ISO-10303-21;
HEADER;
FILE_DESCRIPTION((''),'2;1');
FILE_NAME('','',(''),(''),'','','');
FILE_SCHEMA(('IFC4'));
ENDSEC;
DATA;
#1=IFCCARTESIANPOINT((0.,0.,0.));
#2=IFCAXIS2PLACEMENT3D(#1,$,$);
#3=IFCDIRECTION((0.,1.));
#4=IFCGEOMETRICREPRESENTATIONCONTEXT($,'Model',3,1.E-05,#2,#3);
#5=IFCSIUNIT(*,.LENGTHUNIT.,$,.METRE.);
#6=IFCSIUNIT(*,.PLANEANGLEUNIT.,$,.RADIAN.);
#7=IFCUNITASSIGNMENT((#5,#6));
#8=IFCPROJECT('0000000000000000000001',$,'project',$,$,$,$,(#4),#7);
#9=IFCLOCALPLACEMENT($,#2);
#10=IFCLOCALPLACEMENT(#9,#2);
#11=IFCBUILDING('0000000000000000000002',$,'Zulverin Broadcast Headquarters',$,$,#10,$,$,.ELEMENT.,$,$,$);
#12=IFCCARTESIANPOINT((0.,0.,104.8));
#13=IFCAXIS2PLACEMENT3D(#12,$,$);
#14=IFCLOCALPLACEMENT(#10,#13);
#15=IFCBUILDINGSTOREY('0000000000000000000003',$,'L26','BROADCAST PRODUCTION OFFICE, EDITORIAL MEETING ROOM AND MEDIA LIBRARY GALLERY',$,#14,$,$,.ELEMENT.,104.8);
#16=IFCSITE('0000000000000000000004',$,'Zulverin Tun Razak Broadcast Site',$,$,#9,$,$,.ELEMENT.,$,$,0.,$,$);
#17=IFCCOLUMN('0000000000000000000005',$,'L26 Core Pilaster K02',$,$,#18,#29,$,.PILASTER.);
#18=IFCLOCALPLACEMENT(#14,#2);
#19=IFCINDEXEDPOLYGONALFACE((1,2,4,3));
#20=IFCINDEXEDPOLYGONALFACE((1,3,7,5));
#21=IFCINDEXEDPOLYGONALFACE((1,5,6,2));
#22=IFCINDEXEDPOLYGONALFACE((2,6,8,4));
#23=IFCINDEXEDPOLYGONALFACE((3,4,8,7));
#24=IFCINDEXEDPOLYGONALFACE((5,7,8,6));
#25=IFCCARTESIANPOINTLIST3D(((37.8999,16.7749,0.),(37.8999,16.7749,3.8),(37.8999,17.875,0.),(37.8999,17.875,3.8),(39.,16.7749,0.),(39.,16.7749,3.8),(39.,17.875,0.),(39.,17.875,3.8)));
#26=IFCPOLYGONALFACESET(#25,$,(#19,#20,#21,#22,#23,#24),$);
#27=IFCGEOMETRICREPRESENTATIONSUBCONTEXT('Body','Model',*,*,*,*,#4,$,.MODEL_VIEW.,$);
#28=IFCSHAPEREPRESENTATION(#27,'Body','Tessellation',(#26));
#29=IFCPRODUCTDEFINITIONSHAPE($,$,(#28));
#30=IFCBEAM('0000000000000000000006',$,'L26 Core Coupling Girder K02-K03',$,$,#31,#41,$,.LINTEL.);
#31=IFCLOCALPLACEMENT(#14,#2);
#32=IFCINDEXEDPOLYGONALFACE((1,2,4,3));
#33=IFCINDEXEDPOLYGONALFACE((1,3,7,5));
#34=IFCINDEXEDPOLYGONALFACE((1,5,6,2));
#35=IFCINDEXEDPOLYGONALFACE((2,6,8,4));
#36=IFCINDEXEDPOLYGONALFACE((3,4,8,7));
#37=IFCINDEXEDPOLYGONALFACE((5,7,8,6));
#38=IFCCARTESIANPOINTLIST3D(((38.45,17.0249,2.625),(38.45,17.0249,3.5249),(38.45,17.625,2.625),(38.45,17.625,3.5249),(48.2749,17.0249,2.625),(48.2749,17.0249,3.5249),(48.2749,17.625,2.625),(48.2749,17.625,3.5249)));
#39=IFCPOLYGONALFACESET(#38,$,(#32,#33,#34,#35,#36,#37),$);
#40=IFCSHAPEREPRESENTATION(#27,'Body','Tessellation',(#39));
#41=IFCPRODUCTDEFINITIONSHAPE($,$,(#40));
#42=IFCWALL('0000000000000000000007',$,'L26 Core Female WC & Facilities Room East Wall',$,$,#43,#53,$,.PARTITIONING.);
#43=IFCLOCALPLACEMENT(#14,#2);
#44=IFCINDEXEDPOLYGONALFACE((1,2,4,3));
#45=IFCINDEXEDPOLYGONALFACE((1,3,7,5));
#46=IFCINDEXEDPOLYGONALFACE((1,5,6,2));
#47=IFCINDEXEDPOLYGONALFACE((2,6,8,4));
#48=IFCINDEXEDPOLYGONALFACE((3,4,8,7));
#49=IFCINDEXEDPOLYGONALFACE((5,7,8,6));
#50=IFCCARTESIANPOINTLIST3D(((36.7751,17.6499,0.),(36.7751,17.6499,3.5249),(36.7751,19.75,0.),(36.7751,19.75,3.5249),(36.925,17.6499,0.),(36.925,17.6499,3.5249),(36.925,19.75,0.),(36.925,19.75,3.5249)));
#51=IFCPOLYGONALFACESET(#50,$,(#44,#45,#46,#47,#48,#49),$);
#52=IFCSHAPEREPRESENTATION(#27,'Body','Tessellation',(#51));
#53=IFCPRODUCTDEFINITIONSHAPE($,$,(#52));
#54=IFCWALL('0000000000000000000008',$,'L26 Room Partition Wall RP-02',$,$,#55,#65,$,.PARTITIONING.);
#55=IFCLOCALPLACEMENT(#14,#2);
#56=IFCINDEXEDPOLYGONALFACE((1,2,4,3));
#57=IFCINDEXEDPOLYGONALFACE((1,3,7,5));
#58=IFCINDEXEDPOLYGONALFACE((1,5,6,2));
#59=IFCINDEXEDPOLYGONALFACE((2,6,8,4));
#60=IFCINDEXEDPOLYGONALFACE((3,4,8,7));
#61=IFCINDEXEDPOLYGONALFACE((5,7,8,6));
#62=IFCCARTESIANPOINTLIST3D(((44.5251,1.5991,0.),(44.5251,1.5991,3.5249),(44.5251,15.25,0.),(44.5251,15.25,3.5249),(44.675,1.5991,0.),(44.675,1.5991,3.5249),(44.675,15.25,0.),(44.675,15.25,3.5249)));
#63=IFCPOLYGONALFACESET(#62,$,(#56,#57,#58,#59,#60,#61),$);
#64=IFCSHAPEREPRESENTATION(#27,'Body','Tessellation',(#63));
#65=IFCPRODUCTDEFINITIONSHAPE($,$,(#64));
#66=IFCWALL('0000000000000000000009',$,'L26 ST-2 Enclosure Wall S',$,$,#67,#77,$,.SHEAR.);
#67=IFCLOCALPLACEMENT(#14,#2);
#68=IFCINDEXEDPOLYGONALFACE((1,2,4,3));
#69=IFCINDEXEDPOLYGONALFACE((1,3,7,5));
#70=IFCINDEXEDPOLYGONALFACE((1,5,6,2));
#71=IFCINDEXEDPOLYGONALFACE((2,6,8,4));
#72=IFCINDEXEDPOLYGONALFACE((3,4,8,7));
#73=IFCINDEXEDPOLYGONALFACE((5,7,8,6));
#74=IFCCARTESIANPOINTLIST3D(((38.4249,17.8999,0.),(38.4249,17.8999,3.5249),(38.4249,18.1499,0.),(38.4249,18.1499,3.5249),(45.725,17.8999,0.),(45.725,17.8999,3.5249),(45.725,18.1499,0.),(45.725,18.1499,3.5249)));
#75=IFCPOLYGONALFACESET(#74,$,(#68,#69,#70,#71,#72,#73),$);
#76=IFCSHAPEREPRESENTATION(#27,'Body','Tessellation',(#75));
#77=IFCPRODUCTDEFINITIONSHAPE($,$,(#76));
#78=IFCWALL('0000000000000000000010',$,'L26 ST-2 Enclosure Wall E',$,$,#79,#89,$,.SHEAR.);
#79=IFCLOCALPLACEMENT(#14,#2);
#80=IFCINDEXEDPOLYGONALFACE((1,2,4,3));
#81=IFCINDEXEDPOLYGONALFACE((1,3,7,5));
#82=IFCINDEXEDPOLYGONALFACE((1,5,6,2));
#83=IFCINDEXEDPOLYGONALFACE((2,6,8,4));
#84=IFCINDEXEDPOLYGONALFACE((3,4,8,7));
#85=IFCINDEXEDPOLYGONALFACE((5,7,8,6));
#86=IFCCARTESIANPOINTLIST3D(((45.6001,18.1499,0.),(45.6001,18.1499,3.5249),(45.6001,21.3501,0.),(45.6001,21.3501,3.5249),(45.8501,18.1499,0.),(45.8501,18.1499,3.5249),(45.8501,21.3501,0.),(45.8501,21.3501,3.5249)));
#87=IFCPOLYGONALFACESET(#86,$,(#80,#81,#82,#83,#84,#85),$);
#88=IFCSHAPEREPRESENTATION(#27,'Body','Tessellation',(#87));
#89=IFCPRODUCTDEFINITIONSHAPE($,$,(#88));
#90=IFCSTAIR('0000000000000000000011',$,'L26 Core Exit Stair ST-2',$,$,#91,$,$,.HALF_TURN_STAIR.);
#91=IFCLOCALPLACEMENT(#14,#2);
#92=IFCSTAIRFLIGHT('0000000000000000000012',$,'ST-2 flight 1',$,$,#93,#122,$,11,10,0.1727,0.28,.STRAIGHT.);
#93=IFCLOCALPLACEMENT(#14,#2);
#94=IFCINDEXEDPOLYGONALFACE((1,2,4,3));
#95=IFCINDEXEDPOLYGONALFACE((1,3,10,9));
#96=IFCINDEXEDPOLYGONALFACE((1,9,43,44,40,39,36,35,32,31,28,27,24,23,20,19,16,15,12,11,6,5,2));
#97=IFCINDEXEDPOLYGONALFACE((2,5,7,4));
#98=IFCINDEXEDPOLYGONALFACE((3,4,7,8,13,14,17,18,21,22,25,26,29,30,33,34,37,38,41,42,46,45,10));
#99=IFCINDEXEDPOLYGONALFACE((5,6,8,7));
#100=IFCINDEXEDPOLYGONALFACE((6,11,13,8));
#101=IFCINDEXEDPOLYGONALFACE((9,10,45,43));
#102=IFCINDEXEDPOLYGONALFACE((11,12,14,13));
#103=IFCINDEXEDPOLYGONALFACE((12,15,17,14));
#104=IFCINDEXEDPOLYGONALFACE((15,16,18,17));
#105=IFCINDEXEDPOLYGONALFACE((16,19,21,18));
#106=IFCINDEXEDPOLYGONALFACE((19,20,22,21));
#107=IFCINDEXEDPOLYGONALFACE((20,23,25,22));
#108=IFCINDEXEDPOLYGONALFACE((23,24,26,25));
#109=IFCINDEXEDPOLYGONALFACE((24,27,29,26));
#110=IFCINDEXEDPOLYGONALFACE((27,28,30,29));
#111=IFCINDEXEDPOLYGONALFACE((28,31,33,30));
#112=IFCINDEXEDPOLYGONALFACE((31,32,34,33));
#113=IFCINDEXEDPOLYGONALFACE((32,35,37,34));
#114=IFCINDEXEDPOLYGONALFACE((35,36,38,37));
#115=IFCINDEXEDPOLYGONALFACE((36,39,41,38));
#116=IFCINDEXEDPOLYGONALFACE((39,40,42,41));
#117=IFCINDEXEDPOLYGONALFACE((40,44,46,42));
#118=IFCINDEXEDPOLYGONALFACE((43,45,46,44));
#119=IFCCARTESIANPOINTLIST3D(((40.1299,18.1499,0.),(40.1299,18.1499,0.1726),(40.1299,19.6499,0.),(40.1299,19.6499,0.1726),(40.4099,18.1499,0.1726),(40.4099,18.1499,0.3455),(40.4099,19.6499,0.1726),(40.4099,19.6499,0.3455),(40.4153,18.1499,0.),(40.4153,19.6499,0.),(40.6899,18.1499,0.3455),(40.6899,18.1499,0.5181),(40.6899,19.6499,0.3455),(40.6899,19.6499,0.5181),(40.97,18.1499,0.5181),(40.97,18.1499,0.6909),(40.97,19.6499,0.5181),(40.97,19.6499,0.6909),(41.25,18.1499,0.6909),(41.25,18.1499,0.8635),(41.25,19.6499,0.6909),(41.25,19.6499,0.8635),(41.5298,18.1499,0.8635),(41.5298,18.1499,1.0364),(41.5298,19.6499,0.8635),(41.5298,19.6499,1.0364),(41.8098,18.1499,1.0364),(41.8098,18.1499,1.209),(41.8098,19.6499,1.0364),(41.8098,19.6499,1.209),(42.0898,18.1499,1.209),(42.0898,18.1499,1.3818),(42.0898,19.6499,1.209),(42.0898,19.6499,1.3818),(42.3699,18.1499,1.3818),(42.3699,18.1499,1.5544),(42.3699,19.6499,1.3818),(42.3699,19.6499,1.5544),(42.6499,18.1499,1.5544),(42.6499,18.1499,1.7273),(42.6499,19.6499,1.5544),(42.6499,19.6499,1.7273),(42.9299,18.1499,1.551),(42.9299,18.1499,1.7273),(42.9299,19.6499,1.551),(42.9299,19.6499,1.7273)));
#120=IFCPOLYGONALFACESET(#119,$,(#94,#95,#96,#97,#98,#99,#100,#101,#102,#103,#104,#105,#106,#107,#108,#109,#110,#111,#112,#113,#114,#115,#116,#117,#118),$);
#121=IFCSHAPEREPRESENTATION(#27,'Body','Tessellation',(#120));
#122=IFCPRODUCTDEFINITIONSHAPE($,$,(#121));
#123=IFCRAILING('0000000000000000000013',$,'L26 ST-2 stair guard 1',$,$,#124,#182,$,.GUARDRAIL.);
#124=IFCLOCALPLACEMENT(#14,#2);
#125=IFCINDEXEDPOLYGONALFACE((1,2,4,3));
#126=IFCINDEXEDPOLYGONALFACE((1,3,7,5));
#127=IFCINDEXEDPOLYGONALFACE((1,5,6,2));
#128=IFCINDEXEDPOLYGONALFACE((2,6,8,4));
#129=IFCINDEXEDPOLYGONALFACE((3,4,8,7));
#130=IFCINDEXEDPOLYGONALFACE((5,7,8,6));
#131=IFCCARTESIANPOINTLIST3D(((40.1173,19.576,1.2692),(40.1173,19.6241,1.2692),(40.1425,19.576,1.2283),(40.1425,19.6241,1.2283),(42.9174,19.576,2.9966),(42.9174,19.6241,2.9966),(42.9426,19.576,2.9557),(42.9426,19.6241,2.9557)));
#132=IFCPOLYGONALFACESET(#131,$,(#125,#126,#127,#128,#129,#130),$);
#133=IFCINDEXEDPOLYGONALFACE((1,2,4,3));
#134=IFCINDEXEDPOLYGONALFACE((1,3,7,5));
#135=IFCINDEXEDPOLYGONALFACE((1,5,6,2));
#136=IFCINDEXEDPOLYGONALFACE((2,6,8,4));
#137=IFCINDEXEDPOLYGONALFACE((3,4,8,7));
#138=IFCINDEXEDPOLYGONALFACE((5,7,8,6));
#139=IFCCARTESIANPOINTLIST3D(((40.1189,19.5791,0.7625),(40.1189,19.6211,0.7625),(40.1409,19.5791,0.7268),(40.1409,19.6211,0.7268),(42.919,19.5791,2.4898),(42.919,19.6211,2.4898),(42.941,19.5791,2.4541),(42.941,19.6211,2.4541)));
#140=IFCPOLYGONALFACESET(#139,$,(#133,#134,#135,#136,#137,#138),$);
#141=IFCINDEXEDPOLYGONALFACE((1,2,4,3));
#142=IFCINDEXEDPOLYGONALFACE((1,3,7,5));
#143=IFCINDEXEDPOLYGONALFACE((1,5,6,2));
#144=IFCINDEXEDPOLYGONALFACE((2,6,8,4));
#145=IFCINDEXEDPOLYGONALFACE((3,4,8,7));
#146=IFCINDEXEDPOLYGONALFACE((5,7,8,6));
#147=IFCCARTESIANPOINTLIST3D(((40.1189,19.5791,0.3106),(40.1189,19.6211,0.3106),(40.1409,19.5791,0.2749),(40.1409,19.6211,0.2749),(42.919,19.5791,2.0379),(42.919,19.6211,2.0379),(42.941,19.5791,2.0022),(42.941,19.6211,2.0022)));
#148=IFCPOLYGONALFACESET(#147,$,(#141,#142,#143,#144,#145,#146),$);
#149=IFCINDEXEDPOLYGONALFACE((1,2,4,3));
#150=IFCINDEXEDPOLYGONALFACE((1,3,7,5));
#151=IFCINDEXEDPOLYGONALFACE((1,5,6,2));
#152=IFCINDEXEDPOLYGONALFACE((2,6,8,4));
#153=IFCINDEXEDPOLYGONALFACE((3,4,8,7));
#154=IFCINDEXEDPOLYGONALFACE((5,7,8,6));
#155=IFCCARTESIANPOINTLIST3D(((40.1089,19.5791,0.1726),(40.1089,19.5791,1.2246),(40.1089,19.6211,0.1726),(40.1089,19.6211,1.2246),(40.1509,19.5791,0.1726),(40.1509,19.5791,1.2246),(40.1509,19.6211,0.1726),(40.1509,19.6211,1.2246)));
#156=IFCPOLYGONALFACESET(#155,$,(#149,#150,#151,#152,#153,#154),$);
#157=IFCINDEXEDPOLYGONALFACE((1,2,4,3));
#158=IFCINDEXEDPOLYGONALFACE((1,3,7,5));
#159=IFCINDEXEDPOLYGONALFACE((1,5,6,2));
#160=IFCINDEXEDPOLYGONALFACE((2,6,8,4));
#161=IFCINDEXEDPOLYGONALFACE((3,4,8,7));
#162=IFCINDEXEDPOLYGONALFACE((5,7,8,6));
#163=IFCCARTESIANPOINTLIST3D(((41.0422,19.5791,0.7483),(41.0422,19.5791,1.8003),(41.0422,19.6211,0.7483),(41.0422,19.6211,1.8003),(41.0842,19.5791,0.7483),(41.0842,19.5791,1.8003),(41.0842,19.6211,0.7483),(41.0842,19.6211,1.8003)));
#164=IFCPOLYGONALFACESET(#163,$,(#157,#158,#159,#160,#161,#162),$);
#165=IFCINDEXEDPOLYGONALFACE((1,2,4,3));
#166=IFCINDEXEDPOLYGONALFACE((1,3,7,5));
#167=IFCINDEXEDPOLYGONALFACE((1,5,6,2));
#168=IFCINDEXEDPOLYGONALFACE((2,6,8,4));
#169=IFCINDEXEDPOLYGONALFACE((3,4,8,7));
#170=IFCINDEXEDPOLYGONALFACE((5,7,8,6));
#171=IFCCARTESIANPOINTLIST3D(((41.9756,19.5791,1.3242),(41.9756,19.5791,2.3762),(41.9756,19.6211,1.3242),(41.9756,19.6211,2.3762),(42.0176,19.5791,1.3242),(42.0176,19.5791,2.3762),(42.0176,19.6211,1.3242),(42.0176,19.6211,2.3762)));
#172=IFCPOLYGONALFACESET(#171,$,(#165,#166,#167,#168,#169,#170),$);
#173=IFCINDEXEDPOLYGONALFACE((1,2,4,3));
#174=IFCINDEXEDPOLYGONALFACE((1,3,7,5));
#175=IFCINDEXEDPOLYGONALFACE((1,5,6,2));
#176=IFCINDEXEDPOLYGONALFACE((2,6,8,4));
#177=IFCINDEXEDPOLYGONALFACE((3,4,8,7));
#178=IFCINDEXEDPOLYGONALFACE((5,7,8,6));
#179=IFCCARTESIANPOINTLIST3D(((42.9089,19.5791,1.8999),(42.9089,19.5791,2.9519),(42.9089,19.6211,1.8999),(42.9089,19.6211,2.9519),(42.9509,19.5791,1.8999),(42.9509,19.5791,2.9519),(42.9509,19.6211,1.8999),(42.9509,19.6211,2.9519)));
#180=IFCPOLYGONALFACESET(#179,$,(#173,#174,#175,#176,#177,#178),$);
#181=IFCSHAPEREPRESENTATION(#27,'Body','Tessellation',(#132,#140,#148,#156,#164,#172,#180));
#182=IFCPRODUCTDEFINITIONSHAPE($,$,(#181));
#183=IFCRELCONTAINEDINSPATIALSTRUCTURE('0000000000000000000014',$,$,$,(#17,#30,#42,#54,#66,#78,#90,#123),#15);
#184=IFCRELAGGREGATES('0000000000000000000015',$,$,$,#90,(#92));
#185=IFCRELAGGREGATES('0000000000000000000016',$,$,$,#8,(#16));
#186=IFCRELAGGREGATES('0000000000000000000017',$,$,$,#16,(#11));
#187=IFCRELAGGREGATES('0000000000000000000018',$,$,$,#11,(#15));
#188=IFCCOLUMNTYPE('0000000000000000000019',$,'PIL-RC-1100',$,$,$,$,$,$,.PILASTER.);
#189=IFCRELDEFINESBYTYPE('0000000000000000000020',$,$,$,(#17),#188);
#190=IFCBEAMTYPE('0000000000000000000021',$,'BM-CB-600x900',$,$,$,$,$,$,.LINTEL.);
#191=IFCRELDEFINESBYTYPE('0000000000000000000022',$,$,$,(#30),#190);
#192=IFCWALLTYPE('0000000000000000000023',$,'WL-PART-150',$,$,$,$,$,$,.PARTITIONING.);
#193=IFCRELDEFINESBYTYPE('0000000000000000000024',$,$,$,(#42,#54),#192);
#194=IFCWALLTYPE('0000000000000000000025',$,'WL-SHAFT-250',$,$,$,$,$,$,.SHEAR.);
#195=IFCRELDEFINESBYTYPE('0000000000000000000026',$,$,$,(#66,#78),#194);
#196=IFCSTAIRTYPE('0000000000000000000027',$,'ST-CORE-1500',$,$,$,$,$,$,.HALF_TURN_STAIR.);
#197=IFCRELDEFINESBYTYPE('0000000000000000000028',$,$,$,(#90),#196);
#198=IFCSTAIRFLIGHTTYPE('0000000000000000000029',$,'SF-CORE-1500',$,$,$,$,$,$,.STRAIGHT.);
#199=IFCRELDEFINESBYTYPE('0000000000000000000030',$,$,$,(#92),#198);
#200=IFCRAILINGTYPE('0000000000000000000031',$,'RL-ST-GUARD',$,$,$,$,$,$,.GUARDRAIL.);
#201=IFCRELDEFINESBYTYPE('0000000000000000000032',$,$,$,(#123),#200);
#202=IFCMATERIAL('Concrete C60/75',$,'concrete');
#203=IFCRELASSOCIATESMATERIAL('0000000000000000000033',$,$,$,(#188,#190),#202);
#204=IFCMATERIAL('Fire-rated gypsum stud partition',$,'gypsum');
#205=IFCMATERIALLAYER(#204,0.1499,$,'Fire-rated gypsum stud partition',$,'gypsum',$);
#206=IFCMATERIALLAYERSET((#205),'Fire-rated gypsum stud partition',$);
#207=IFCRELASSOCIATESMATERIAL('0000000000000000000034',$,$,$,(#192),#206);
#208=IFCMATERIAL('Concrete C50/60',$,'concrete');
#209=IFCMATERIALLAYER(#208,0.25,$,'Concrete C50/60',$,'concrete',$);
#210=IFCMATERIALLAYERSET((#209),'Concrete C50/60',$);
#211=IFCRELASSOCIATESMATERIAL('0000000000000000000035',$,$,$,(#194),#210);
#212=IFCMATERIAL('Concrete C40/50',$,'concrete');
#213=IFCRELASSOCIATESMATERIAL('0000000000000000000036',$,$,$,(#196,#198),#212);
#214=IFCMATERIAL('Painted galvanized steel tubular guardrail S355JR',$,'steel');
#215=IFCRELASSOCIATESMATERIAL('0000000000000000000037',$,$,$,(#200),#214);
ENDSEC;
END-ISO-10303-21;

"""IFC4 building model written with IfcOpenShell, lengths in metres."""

from ifc_helpers import new_model, si_unit, direction, frame, frame_2d, origin, origin_2d, place, context, subcontext, project, spatial, polyline, rectangle, outline, extrude, material, layer, layer_set, material_profile, profile_set, type_object, element, aggregate, save


model = new_model("IFC4")

# Units and contexts
model_context = context("Model", 3, precision=1e-05, world=origin(), true_north=direction((0.0, 1.0)))
body_context = subcontext(model_context, "Body", "Model", "MODEL_VIEW")
ifc_project = project(units=[si_unit("LENGTHUNIT", "METRE"), si_unit("PLANEANGLEUNIT", "RADIAN")], contexts=[model_context])

# Site, building, storey
site_placement = place(None, origin())
site = spatial("IfcSite", under=ifc_project, at=site_placement, Name="Zulverin Tun Razak Broadcast Site", CompositionType="ELEMENT", RefElevation=0.0)
building_placement = place(site_placement, origin())
building = spatial("IfcBuilding", under=site, at=building_placement, Name="Zulverin Broadcast Headquarters", CompositionType="ELEMENT")
storey_placement = place(building_placement, frame((0.0, 0.0, 104.8)))
storey = spatial("IfcBuildingStorey", under=building, at=storey_placement, Name="L26", Description="BROADCAST PRODUCTION OFFICE, EDITORIAL MEETING ROOM AND MEDIA LIBRARY GALLERY", CompositionType="ELEMENT", Elevation=104.8)

# Column
ifc_material_1 = material(Name="Concrete C60/75", Category="concrete")
ifc_material_profile_1 = material_profile(ifc_material_1, rectangle(XDim=1.1001, YDim=1.1001, at=origin_2d()), Name="Concrete C60/75", Category="concrete")
ifc_profile_set_1 = profile_set([ifc_material_profile_1], Name="Concrete C60/75")
column_type = type_object("IfcColumnType", Name="PIL-RC-1100", PredefinedType="PILASTER", material=ifc_profile_set_1)
column_placement = place(storey_placement, frame((38.45, 17.325, 0.0), z_axis=(0.0, 0.0, 1.0), x_axis=(1.0, 0.0, 0.0)))
element("IfcColumn", 1, at=column_placement, inside=storey, type_object=column_type, Name="L26 Core Pilaster K02", PredefinedType="PILASTER", context=body_context, shape_type="SweptSolid", body=[
    extrude(rectangle(XDim=1.1001, YDim=1.1001, at=origin_2d()), origin(), (0.0, 0.0, 1.0), 3.8),
])

# Beam
ifc_material_profile_2 = material_profile(ifc_material_1, rectangle(XDim=0.6001, YDim=0.8999, at=origin_2d()), Name="Concrete C60/75", Category="concrete")
ifc_profile_set_2 = profile_set([ifc_material_profile_2], Name="Concrete C60/75")
beam_type = type_object("IfcBeamType", Name="BM-CB-600x900", PredefinedType="LINTEL", material=ifc_profile_set_2)
beam_placement = place(storey_placement, frame((38.45, 17.325, 3.075), z_axis=(1.0, 0.0, 0.0), x_axis=(0.0, 1.0, 0.0)))
element("IfcBeam", 2, at=beam_placement, inside=storey, type_object=beam_type, Name="L26 Core Coupling Girder K02-K03", PredefinedType="LINTEL", context=body_context, shape_type="SweptSolid", body=[
    extrude(rectangle(XDim=0.6001, YDim=0.8999, at=origin_2d()), origin(), (0.0, 0.0, 1.0), 9.825),
])

# Walls
ifc_material_2 = material(Name="Fire-rated gypsum stud partition", Category="gypsum")
ifc_layer_1 = layer(ifc_material_2, 0.1499, Name="Fire-rated gypsum stud partition", Category="gypsum")
ifc_layer_set_1 = layer_set([ifc_layer_1], Name="Fire-rated gypsum stud partition")
wall_type_1 = type_object("IfcWallType", Name="WL-PART-150", PredefinedType="PARTITIONING", material=ifc_layer_set_1)
wall_1_placement = place(storey_placement, frame((36.8501, 17.6499, 0.0), z_axis=(0.0, 0.0, 1.0), x_axis=(0.0, 1.0, 0.0)))
element("IfcWall", 3, at=wall_1_placement, inside=storey, type_object=wall_type_1, Name="L26 Core Female WC & Facilities Room East Wall", PredefinedType="PARTITIONING", context=body_context, shape_type="SweptSolid", body=[
    extrude(rectangle(XDim=2.1001, YDim=0.1499, at=frame_2d((1.05, 0.0))), origin(), (0.0, 0.0, 1.0), 3.5249),
])
wall_2_placement = place(storey_placement, frame((44.6001, 1.5991, 0.0), z_axis=(0.0, 0.0, 1.0), x_axis=(0.0, 1.0, 0.0)))
element("IfcWall", 4, at=wall_2_placement, inside=storey, type_object=wall_type_1, Name="L26 Room Partition Wall RP-02", PredefinedType="PARTITIONING", context=body_context, shape_type="SweptSolid", body=[
    extrude(rectangle(XDim=13.6509, YDim=0.1499, at=frame_2d((6.8254, 0.0))), origin(), (0.0, 0.0, 1.0), 3.5249),
])
ifc_material_3 = material(Name="Concrete C50/60", Category="concrete")
ifc_layer_2 = layer(ifc_material_3, 0.25, Name="Concrete C50/60", Category="concrete")
ifc_layer_set_2 = layer_set([ifc_layer_2], Name="Concrete C50/60")
wall_type_2 = type_object("IfcWallType", Name="WL-SHAFT-250", PredefinedType="SHEAR", material=ifc_layer_set_2)
wall_3_placement = place(storey_placement, frame((38.425, 18.0249, 0.0), z_axis=(0.0, 0.0, 1.0), x_axis=(1.0, 0.0, 0.0)))
element("IfcWall", 5, at=wall_3_placement, inside=storey, type_object=wall_type_2, Name="L26 ST-2 Enclosure Wall S", PredefinedType="SHEAR", context=body_context, shape_type="SweptSolid", body=[
    extrude(rectangle(XDim=7.3, YDim=0.25, at=frame_2d((3.6499, 0.0))), origin(), (0.0, 0.0, 1.0), 3.5249),
])

# Wall
wall_4_placement = place(storey_placement, frame((45.7251, 18.1499, 0.0), z_axis=(0.0, 0.0, 1.0), x_axis=(0.0, 1.0, 0.0)))
element("IfcWall", 6, at=wall_4_placement, inside=storey, type_object=wall_type_2, Name="L26 ST-2 Enclosure Wall E", PredefinedType="SHEAR", context=body_context, shape_type="SweptSolid", body=[
    extrude(rectangle(XDim=3.2002, YDim=0.25, at=frame_2d((1.6001, 0.0))), origin(), (0.0, 0.0, 1.0), 3.5249),
])

# Stair, stair flight
ifc_material_4 = material(Name="Concrete C40/50", Category="concrete")
stair_type = type_object("IfcStairType", Name="ST-CORE-1500", PredefinedType="HALF_TURN_STAIR", material=ifc_material_4)
stair_placement = place(storey_placement, origin())
stair = element("IfcStair", 7, at=stair_placement, inside=storey, type_object=stair_type, Name="L26 Core Exit Stair ST-2", PredefinedType="HALF_TURN_STAIR")
stair_flight_type = type_object("IfcStairFlightType", Name="SF-CORE-1500", PredefinedType="STRAIGHT", material=ifc_material_4)
stair_flight_placement = place(storey_placement, frame((40.1299, 18.8999, 0.0), z_axis=(0.0, 0.0, 1.0), x_axis=(1.0, 0.0, 0.0)))
stair_flight = element("IfcStairFlight", 8, at=stair_flight_placement, type_object=stair_flight_type, Name="ST-2 flight 1", NumberOfRisers=11, NumberOfTreads=10, PredefinedType="STRAIGHT", RiserHeight=0.1727, TreadLength=0.28, context=body_context, shape_type="SweptSolid", body=[
    extrude(outline(polyline([(0.0, 0.0), (0.0, 0.1726), (0.28, 0.1726), (0.28, 0.3455), (0.5601, 0.3455), (0.5601, 0.5181), (0.8401, 0.5181), (0.8401, 0.6909), (1.1201, 0.6909), (1.1201, 0.8635), (1.3999, 0.8635), (1.3999, 1.0364), (1.6799, 1.0364), (1.6799, 1.209), (1.96, 1.209), (1.96, 1.3818), (2.24, 1.3818), (2.24, 1.5544), (2.52, 1.5544), (2.52, 1.7273), (2.8, 1.7273), (2.8, 1.8999), (2.8, 1.551), (0.2854, 0.0), (0.0, 0.0)])), frame((0.0, 0.75, 0.0), z_axis=(0.0, -1.0, 0.0), x_axis=(1.0, 0.0, 0.0)), (0.0, 0.0, 1.0), 1.5),
])
aggregate(stair, [stair_flight])

# Railing
ifc_material_5 = material(Name="Painted galvanized steel tubular guardrail S355JR", Category="steel")
railing_type_1 = type_object("IfcRailingType", Name="RL-ST-GUARD", PredefinedType="GUARDRAIL", material=ifc_material_5)
railing_1_placement = place(storey_placement, frame((40.1299, 19.6001, 0.1726)))
element("IfcRailing", 9, at=railing_1_placement, inside=storey, type_object=railing_type_1, Name="L26 ST-2 stair guard 1", PredefinedType="GUARDRAIL", context=body_context, shape_type="SweptSolid", body=[
    extrude(rectangle(XDim=0.0481, YDim=0.0481, at=origin_2d()), frame((0.0, 0.0, 1.0762), z_axis=(0.85109, 0.0, 0.52502), x_axis=(0.0, 1.0, 0.0)), (0.0, 0.0, 1.0), 3.29),
    extrude(rectangle(XDim=0.042, YDim=0.042, at=origin_2d()), frame((0.0, 0.0, 0.572), z_axis=(0.85109, 0.0, 0.52502), x_axis=(0.0, 1.0, 0.0)), (0.0, 0.0, 1.0), 3.29),
    extrude(rectangle(XDim=0.042, YDim=0.042, at=origin_2d()), frame((0.0, 0.0, 0.1201), z_axis=(0.85109, 0.0, 0.52502), x_axis=(0.0, 1.0, 0.0)), (0.0, 0.0, 1.0), 3.29),
    extrude(rectangle(XDim=0.042, YDim=0.042, at=origin_2d()), origin(), (0.0, 0.0, 1.0), 1.052),
    extrude(rectangle(XDim=0.042, YDim=0.042, at=origin_2d()), frame((0.9333, 0.0, 0.5757)), (0.0, 0.0, 1.0), 1.052),
    extrude(rectangle(XDim=0.042, YDim=0.042, at=origin_2d()), frame((1.8667, 0.0, 1.1516)), (0.0, 0.0, 1.0), 1.052),
    extrude(rectangle(XDim=0.042, YDim=0.042, at=origin_2d()), frame((2.8, 0.0, 1.7273)), (0.0, 0.0, 1.0), 1.052),
])

save(model, "model.ifc")
